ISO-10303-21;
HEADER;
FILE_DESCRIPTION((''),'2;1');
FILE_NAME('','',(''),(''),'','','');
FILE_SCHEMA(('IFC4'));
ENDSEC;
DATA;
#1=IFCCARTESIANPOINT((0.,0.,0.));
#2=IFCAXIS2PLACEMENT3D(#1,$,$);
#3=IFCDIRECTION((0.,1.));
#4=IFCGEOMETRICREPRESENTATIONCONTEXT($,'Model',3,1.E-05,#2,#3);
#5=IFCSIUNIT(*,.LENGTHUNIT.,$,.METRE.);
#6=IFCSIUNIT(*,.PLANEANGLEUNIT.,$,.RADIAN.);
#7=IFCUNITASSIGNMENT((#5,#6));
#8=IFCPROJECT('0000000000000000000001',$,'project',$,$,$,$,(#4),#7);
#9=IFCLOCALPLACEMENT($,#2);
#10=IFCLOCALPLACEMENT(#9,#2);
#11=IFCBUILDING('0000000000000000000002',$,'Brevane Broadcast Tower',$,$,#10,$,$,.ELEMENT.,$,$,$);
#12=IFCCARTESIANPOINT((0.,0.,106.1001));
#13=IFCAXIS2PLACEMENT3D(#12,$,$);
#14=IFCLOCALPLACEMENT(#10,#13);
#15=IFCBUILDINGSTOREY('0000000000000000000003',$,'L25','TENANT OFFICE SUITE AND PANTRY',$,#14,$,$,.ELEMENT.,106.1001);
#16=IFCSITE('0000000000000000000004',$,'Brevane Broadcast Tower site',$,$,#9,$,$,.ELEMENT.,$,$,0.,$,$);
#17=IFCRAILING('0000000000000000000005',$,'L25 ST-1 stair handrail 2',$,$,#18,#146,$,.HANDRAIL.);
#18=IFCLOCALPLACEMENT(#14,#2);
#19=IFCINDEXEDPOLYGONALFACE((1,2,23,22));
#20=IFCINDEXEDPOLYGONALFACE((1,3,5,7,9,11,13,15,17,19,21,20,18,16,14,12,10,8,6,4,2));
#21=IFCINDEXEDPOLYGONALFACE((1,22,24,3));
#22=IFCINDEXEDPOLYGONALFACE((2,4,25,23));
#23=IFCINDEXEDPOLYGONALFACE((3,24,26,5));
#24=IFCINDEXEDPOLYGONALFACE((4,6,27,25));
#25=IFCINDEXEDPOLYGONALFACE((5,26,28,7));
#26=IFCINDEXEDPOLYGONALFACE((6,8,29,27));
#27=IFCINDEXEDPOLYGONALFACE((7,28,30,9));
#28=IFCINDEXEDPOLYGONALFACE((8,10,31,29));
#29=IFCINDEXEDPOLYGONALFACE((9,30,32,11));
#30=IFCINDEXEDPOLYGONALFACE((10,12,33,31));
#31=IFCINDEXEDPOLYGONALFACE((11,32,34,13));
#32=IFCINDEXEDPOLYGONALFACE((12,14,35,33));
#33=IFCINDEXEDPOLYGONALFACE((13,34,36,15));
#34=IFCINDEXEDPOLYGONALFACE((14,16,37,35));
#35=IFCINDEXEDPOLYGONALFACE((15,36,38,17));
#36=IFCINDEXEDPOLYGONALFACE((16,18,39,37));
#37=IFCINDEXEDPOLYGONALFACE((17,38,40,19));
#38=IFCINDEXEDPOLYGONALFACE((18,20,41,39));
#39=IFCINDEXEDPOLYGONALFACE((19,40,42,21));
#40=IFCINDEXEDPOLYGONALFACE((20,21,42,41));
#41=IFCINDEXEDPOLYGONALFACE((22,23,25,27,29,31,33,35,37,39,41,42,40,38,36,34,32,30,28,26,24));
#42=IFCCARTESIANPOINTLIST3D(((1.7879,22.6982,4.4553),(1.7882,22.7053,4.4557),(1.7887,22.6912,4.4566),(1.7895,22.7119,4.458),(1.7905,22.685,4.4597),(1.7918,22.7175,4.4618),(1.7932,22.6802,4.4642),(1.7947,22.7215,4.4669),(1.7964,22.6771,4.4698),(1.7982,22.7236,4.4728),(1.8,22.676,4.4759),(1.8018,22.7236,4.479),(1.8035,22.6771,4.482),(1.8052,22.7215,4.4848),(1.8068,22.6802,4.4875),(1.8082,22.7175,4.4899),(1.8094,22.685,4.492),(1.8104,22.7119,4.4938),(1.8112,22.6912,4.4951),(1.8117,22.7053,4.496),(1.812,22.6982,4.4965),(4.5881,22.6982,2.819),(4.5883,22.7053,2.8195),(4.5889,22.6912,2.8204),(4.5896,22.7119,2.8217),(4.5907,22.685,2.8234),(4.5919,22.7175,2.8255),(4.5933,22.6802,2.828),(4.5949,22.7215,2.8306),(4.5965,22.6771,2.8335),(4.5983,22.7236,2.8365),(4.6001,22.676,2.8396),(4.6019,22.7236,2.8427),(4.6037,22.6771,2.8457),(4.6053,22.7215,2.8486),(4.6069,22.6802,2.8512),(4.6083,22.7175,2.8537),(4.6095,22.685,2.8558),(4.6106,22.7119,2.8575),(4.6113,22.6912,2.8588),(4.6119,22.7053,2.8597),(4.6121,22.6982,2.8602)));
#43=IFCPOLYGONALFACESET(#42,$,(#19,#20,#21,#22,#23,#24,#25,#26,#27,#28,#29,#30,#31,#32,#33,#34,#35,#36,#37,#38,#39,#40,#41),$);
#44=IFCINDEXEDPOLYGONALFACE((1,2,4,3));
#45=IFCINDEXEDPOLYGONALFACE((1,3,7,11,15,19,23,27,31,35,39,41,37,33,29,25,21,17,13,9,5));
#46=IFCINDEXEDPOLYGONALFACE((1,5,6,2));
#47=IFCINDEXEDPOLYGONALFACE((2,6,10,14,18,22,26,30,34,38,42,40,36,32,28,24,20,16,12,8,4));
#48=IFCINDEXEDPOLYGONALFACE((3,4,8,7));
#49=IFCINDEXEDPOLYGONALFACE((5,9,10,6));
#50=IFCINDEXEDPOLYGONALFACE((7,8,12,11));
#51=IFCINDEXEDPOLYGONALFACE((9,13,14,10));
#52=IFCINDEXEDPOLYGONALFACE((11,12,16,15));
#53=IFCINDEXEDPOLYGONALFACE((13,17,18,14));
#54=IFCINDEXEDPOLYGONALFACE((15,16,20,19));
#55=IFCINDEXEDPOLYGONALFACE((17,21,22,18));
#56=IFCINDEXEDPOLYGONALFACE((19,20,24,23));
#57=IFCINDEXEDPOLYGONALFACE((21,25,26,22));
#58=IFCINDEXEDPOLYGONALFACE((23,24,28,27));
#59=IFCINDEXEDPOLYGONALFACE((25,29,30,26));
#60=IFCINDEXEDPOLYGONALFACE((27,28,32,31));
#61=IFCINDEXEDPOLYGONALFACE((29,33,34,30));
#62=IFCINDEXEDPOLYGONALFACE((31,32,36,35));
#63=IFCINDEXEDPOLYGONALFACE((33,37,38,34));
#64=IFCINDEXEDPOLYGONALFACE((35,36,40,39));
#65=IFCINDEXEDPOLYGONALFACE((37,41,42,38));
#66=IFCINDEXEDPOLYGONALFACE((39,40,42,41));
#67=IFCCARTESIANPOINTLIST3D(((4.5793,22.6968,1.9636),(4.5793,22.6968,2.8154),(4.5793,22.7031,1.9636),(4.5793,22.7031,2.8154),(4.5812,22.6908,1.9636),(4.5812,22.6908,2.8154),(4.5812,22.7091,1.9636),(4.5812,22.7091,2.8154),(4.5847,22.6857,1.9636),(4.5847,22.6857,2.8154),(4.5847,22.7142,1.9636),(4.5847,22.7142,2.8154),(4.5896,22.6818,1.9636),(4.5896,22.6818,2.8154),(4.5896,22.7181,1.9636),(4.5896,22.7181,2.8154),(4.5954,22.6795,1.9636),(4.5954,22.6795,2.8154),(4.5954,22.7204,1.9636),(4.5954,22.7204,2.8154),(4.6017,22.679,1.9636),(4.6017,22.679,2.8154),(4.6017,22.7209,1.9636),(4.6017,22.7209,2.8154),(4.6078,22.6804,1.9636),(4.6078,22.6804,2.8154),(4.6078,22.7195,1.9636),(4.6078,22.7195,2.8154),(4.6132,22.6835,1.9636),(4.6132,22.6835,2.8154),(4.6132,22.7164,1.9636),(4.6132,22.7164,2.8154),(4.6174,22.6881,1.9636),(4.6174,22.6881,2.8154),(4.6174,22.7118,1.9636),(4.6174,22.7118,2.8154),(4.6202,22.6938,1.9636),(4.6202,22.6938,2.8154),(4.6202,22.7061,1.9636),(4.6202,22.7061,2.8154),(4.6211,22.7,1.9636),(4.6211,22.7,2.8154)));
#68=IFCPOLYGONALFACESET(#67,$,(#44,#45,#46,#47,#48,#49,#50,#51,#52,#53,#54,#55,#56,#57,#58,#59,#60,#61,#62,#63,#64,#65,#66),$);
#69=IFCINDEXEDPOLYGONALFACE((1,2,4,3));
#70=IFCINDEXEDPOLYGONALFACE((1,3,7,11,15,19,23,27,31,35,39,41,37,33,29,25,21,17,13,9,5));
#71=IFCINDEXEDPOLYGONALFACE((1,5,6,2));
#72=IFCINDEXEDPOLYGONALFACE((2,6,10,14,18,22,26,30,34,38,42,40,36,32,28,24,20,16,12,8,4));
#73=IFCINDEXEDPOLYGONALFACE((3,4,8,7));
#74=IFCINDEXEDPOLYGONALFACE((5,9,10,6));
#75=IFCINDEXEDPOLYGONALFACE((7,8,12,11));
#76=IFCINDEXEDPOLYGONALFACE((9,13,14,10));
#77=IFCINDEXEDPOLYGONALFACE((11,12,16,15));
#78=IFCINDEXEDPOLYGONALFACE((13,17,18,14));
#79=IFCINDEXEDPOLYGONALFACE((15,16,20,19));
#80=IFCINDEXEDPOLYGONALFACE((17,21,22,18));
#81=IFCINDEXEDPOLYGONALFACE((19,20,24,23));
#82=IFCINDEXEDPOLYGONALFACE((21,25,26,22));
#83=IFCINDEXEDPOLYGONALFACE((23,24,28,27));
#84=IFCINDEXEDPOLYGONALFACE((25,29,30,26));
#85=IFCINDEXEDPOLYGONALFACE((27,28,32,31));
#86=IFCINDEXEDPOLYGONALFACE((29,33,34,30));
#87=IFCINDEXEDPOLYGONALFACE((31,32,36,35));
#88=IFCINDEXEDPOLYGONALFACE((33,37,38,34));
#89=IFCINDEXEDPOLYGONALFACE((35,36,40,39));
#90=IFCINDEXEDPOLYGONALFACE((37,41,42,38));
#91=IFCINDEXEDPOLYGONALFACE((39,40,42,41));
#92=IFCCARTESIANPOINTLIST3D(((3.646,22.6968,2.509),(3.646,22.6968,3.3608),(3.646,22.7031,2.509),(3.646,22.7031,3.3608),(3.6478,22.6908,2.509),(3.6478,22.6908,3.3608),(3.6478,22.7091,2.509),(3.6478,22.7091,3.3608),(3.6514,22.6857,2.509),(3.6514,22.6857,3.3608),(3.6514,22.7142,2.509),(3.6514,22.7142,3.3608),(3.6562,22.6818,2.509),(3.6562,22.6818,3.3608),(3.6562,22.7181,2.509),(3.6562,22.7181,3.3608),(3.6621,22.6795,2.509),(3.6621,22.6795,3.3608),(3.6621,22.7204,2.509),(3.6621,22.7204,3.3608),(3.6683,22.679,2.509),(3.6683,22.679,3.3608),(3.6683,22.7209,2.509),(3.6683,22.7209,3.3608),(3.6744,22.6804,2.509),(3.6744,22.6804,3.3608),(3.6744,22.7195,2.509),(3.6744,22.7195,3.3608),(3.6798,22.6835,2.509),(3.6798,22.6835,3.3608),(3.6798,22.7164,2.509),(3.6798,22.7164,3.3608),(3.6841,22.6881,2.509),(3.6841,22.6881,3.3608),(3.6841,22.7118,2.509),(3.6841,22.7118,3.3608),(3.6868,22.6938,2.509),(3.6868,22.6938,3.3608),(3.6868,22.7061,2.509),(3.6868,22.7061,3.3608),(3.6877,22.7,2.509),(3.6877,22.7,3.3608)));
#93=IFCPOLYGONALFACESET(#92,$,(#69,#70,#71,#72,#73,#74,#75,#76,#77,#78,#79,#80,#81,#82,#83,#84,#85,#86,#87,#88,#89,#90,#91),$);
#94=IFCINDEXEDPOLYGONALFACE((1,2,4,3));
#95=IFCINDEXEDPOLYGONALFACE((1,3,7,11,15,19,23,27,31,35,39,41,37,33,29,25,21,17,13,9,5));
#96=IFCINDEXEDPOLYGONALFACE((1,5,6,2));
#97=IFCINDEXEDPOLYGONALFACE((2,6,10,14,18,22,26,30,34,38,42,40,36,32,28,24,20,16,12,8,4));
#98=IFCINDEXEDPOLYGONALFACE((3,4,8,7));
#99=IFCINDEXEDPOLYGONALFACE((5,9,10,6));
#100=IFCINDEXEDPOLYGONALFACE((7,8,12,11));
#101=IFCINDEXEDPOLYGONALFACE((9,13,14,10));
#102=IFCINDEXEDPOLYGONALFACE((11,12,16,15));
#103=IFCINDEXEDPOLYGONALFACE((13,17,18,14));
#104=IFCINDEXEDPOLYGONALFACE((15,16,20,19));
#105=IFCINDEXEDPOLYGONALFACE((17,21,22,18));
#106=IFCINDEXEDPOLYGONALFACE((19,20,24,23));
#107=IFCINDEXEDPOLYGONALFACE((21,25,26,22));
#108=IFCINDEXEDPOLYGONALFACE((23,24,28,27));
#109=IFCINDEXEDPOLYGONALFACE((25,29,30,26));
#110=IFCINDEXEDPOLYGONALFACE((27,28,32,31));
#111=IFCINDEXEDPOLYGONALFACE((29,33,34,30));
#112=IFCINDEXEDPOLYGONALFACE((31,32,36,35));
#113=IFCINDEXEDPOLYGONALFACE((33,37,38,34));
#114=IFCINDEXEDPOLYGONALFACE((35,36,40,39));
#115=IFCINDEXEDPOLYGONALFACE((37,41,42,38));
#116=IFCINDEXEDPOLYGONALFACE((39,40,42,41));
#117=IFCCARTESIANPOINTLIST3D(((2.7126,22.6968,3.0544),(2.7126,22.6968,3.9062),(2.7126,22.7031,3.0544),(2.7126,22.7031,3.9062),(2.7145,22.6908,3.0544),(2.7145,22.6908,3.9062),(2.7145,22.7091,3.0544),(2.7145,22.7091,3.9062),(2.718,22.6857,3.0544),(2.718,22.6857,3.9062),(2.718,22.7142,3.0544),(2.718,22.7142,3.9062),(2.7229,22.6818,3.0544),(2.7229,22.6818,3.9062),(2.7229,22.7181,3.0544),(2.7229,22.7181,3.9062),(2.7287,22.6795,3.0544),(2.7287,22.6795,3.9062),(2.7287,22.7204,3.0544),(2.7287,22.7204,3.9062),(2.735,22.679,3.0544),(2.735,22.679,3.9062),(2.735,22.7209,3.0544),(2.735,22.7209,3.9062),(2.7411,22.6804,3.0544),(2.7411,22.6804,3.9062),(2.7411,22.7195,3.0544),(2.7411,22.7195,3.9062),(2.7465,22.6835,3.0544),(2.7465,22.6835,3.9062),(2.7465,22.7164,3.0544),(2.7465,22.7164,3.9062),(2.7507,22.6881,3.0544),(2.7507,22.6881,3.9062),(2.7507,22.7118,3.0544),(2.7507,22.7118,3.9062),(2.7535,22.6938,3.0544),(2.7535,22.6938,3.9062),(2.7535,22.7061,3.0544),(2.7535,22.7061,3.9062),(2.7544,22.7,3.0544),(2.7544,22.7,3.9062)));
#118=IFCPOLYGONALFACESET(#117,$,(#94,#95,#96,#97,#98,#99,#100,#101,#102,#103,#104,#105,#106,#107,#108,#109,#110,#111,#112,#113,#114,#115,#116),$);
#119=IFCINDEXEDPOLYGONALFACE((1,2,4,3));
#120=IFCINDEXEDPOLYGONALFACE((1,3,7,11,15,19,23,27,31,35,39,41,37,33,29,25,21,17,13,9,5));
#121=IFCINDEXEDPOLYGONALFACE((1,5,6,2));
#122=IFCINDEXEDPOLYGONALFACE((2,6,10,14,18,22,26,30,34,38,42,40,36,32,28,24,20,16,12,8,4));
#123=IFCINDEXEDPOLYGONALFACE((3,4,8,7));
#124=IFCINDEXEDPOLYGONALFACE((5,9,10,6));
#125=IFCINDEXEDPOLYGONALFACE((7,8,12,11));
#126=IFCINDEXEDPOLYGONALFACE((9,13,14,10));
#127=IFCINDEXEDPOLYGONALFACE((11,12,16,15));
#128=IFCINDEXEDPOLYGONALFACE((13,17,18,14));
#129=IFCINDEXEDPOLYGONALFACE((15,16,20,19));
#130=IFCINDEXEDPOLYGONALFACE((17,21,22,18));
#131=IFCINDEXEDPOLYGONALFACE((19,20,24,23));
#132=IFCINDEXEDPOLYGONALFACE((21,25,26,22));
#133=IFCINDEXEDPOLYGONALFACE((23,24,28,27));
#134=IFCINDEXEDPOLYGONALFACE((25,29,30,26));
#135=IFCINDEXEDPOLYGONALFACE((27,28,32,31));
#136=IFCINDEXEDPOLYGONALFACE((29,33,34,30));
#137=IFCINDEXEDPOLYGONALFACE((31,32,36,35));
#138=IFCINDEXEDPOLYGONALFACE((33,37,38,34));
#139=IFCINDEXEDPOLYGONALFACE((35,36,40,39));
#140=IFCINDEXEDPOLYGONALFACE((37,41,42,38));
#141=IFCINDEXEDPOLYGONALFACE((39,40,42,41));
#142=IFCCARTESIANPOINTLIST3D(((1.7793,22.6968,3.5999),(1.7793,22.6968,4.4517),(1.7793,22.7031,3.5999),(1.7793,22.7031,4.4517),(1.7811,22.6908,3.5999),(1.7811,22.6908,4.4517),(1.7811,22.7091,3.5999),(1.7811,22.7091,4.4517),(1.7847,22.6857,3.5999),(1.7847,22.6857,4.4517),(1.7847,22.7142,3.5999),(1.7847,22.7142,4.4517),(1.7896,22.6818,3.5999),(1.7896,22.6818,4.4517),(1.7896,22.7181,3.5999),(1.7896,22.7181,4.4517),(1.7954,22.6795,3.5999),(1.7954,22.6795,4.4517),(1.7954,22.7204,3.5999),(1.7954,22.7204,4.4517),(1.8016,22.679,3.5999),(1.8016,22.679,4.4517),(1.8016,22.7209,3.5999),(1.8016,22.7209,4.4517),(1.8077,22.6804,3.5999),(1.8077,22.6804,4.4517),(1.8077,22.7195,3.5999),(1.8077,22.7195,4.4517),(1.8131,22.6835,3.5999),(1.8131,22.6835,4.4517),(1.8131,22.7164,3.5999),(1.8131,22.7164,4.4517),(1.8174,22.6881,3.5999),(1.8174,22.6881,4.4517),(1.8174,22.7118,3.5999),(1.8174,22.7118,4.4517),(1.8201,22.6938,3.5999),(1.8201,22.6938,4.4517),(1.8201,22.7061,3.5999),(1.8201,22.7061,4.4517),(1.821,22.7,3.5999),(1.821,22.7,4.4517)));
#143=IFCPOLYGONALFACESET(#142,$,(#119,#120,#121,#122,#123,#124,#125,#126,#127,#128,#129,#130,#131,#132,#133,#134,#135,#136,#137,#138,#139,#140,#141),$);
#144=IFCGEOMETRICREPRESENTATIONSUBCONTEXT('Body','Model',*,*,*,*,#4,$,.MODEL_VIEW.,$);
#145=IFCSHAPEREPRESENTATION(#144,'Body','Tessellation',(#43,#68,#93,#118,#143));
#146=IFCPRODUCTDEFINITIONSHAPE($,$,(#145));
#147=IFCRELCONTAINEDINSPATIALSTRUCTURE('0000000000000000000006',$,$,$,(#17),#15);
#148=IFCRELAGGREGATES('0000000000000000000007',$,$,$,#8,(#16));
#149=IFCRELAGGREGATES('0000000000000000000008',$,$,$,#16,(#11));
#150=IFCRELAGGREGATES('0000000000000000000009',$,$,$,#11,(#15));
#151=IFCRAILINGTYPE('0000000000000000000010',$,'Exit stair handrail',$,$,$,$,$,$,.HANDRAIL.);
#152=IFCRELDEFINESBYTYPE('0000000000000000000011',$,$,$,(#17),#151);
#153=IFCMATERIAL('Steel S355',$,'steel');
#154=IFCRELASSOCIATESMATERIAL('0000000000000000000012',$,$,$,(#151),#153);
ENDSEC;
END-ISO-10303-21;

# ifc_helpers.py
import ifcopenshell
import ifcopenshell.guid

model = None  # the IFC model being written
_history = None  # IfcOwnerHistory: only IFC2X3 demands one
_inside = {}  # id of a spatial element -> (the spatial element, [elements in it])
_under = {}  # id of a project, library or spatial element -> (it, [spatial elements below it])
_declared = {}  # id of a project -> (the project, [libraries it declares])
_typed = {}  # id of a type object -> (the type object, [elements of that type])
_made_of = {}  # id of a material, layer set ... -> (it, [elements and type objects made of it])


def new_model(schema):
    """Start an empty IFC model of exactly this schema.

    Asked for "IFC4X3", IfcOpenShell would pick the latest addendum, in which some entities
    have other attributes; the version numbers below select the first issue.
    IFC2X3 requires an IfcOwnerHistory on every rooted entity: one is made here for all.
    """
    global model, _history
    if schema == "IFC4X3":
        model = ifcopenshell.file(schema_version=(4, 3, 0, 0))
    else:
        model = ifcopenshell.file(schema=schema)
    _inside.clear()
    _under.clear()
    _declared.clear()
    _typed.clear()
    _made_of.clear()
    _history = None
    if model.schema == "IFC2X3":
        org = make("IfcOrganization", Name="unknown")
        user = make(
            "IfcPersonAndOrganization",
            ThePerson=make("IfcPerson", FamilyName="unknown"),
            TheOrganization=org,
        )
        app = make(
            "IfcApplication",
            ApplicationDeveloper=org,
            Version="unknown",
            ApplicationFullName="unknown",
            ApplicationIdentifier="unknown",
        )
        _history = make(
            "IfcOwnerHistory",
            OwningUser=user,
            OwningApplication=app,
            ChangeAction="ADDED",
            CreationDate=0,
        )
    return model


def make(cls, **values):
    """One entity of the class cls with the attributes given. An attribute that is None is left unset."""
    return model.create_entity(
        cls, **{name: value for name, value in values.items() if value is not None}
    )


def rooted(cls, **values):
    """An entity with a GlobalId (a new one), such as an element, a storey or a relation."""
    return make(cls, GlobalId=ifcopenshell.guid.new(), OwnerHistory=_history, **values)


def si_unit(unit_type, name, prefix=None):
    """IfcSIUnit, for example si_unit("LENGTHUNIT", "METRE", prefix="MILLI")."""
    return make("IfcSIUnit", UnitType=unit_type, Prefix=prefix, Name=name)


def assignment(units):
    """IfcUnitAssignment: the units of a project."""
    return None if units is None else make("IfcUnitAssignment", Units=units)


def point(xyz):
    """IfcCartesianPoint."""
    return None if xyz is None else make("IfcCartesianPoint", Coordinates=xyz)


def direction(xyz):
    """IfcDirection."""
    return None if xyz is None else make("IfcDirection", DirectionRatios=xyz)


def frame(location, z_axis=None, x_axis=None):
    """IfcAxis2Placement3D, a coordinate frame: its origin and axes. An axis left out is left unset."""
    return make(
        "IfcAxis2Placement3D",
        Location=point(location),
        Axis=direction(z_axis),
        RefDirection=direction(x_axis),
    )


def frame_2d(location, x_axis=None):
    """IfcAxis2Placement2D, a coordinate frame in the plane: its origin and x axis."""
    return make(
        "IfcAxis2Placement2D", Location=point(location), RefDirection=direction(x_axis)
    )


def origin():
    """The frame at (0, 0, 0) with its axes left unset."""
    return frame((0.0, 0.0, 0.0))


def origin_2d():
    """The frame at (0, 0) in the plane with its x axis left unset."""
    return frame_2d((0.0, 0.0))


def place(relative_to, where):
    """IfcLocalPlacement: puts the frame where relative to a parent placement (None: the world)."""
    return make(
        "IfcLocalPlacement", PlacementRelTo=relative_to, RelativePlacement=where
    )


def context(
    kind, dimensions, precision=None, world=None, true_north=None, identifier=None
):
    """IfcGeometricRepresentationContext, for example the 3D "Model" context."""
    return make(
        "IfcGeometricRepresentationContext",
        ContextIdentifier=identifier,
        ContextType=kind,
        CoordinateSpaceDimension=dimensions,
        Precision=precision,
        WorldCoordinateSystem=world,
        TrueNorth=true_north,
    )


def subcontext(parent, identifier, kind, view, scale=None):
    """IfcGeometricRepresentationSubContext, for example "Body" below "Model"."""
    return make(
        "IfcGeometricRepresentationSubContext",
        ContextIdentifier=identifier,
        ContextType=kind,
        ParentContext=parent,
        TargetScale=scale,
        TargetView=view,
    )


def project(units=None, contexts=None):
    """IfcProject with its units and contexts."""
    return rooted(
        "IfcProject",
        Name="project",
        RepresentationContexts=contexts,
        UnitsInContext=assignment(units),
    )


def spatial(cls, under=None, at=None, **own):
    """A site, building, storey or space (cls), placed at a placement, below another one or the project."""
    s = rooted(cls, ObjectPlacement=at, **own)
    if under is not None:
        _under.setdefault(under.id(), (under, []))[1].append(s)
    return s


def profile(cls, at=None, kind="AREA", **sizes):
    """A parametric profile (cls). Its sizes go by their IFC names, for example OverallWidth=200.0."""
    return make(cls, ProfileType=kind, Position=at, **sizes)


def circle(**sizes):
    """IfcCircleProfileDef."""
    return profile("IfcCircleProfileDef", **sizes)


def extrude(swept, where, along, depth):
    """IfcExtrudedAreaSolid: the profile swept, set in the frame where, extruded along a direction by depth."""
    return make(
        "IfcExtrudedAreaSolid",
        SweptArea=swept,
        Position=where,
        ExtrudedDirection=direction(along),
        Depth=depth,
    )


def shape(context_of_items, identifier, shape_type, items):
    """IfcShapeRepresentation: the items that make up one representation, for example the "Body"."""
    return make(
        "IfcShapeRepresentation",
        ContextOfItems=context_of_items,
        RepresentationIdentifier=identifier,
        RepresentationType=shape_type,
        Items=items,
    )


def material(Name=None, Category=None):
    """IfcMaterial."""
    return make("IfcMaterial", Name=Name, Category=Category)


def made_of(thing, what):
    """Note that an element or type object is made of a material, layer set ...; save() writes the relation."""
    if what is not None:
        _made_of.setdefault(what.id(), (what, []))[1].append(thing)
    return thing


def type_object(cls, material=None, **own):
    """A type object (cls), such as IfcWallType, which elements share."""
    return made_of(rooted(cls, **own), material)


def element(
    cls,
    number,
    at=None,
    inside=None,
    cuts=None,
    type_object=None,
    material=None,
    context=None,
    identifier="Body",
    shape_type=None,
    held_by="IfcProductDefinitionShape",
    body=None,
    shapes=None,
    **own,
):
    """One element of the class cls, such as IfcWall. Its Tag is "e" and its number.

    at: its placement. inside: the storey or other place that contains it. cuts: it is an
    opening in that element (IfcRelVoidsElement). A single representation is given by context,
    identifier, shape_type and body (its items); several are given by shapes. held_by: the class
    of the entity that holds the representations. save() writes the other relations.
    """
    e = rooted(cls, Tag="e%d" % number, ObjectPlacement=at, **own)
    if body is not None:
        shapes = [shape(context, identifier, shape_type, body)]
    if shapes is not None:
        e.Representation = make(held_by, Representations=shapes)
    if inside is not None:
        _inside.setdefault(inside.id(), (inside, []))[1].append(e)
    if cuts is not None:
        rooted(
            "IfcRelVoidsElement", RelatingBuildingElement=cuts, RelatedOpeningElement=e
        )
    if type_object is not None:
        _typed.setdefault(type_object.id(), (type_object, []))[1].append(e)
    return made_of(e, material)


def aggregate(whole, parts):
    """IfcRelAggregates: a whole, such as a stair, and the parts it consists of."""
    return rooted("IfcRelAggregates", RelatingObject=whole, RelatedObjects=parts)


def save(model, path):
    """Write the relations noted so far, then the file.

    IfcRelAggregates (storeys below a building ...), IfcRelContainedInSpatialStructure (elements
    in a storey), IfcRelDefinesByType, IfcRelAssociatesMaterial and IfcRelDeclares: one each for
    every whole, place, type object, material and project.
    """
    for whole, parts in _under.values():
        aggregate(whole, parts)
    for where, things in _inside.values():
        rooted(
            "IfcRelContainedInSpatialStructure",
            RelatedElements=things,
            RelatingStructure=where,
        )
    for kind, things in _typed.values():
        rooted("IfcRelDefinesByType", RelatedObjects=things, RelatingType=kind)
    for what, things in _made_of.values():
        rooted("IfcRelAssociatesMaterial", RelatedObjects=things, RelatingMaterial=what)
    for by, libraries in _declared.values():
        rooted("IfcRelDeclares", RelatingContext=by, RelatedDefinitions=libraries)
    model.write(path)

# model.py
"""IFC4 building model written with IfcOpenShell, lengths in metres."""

from ifc_helpers import new_model, si_unit, direction, frame, origin, origin_2d, place, context, subcontext, project, spatial, circle, extrude, material, type_object, element, save


model = new_model("IFC4")

# Units and contexts
model_context = context("Model", 3, precision=1e-05, world=origin(), true_north=direction((0.0, 1.0)))
body_context = subcontext(model_context, "Body", "Model", "MODEL_VIEW")
ifc_project = project(units=[si_unit("LENGTHUNIT", "METRE"), si_unit("PLANEANGLEUNIT", "RADIAN")], contexts=[model_context])

# Site, building, storey
site_placement = place(None, origin())
site = spatial("IfcSite", under=ifc_project, at=site_placement, Name="Brevane Broadcast Tower site", CompositionType="ELEMENT", RefElevation=0.0)
building_placement = place(site_placement, origin())
building = spatial("IfcBuilding", under=site, at=building_placement, Name="Brevane Broadcast Tower", CompositionType="ELEMENT")
storey_placement = place(building_placement, frame((0.0, 0.0, 106.1001)))
storey = spatial("IfcBuildingStorey", under=building, at=storey_placement, Name="L25", Description="TENANT OFFICE SUITE AND PANTRY", CompositionType="ELEMENT", Elevation=106.1001)

# Railing
ifc_material_1 = material(Name="Steel S355", Category="steel")
railing_type_1 = type_object("IfcRailingType", Name="Exit stair handrail", PredefinedType="HANDRAIL", material=ifc_material_1)
railing_1_placement = place(storey_placement, frame((4.6001, 22.7, 1.9636)))
element("IfcRailing", 1, at=railing_1_placement, inside=storey, type_object=railing_type_1, Name="L25 ST-1 stair handrail 2", PredefinedType="HANDRAIL", context=body_context, shape_type="SweptSolid", body=[
    extrude(circle(Radius=0.0239, at=origin_2d()), frame((0.0, 0.0, 0.876), z_axis=(-0.863394, 0.0, 0.504531), x_axis=(0.0, -1.0, 0.0)), (0.0, 0.0, 1.0), 3.2432),
    extrude(circle(Radius=0.021, at=origin_2d()), origin(), (0.0, 0.0, 1.0), 0.8518),
    extrude(circle(Radius=0.021, at=origin_2d()), frame((-0.9333, 0.0, 0.5454)), (0.0, 0.0, 1.0), 0.8518),
    extrude(circle(Radius=0.021, at=origin_2d()), frame((-1.8667, 0.0, 1.0908)), (0.0, 0.0, 1.0), 0.8518),
    extrude(circle(Radius=0.021, at=origin_2d()), frame((-2.8, 0.0, 1.6362)), (0.0, 0.0, 1.0), 0.8518),
])

save(model, "model.ifc")
